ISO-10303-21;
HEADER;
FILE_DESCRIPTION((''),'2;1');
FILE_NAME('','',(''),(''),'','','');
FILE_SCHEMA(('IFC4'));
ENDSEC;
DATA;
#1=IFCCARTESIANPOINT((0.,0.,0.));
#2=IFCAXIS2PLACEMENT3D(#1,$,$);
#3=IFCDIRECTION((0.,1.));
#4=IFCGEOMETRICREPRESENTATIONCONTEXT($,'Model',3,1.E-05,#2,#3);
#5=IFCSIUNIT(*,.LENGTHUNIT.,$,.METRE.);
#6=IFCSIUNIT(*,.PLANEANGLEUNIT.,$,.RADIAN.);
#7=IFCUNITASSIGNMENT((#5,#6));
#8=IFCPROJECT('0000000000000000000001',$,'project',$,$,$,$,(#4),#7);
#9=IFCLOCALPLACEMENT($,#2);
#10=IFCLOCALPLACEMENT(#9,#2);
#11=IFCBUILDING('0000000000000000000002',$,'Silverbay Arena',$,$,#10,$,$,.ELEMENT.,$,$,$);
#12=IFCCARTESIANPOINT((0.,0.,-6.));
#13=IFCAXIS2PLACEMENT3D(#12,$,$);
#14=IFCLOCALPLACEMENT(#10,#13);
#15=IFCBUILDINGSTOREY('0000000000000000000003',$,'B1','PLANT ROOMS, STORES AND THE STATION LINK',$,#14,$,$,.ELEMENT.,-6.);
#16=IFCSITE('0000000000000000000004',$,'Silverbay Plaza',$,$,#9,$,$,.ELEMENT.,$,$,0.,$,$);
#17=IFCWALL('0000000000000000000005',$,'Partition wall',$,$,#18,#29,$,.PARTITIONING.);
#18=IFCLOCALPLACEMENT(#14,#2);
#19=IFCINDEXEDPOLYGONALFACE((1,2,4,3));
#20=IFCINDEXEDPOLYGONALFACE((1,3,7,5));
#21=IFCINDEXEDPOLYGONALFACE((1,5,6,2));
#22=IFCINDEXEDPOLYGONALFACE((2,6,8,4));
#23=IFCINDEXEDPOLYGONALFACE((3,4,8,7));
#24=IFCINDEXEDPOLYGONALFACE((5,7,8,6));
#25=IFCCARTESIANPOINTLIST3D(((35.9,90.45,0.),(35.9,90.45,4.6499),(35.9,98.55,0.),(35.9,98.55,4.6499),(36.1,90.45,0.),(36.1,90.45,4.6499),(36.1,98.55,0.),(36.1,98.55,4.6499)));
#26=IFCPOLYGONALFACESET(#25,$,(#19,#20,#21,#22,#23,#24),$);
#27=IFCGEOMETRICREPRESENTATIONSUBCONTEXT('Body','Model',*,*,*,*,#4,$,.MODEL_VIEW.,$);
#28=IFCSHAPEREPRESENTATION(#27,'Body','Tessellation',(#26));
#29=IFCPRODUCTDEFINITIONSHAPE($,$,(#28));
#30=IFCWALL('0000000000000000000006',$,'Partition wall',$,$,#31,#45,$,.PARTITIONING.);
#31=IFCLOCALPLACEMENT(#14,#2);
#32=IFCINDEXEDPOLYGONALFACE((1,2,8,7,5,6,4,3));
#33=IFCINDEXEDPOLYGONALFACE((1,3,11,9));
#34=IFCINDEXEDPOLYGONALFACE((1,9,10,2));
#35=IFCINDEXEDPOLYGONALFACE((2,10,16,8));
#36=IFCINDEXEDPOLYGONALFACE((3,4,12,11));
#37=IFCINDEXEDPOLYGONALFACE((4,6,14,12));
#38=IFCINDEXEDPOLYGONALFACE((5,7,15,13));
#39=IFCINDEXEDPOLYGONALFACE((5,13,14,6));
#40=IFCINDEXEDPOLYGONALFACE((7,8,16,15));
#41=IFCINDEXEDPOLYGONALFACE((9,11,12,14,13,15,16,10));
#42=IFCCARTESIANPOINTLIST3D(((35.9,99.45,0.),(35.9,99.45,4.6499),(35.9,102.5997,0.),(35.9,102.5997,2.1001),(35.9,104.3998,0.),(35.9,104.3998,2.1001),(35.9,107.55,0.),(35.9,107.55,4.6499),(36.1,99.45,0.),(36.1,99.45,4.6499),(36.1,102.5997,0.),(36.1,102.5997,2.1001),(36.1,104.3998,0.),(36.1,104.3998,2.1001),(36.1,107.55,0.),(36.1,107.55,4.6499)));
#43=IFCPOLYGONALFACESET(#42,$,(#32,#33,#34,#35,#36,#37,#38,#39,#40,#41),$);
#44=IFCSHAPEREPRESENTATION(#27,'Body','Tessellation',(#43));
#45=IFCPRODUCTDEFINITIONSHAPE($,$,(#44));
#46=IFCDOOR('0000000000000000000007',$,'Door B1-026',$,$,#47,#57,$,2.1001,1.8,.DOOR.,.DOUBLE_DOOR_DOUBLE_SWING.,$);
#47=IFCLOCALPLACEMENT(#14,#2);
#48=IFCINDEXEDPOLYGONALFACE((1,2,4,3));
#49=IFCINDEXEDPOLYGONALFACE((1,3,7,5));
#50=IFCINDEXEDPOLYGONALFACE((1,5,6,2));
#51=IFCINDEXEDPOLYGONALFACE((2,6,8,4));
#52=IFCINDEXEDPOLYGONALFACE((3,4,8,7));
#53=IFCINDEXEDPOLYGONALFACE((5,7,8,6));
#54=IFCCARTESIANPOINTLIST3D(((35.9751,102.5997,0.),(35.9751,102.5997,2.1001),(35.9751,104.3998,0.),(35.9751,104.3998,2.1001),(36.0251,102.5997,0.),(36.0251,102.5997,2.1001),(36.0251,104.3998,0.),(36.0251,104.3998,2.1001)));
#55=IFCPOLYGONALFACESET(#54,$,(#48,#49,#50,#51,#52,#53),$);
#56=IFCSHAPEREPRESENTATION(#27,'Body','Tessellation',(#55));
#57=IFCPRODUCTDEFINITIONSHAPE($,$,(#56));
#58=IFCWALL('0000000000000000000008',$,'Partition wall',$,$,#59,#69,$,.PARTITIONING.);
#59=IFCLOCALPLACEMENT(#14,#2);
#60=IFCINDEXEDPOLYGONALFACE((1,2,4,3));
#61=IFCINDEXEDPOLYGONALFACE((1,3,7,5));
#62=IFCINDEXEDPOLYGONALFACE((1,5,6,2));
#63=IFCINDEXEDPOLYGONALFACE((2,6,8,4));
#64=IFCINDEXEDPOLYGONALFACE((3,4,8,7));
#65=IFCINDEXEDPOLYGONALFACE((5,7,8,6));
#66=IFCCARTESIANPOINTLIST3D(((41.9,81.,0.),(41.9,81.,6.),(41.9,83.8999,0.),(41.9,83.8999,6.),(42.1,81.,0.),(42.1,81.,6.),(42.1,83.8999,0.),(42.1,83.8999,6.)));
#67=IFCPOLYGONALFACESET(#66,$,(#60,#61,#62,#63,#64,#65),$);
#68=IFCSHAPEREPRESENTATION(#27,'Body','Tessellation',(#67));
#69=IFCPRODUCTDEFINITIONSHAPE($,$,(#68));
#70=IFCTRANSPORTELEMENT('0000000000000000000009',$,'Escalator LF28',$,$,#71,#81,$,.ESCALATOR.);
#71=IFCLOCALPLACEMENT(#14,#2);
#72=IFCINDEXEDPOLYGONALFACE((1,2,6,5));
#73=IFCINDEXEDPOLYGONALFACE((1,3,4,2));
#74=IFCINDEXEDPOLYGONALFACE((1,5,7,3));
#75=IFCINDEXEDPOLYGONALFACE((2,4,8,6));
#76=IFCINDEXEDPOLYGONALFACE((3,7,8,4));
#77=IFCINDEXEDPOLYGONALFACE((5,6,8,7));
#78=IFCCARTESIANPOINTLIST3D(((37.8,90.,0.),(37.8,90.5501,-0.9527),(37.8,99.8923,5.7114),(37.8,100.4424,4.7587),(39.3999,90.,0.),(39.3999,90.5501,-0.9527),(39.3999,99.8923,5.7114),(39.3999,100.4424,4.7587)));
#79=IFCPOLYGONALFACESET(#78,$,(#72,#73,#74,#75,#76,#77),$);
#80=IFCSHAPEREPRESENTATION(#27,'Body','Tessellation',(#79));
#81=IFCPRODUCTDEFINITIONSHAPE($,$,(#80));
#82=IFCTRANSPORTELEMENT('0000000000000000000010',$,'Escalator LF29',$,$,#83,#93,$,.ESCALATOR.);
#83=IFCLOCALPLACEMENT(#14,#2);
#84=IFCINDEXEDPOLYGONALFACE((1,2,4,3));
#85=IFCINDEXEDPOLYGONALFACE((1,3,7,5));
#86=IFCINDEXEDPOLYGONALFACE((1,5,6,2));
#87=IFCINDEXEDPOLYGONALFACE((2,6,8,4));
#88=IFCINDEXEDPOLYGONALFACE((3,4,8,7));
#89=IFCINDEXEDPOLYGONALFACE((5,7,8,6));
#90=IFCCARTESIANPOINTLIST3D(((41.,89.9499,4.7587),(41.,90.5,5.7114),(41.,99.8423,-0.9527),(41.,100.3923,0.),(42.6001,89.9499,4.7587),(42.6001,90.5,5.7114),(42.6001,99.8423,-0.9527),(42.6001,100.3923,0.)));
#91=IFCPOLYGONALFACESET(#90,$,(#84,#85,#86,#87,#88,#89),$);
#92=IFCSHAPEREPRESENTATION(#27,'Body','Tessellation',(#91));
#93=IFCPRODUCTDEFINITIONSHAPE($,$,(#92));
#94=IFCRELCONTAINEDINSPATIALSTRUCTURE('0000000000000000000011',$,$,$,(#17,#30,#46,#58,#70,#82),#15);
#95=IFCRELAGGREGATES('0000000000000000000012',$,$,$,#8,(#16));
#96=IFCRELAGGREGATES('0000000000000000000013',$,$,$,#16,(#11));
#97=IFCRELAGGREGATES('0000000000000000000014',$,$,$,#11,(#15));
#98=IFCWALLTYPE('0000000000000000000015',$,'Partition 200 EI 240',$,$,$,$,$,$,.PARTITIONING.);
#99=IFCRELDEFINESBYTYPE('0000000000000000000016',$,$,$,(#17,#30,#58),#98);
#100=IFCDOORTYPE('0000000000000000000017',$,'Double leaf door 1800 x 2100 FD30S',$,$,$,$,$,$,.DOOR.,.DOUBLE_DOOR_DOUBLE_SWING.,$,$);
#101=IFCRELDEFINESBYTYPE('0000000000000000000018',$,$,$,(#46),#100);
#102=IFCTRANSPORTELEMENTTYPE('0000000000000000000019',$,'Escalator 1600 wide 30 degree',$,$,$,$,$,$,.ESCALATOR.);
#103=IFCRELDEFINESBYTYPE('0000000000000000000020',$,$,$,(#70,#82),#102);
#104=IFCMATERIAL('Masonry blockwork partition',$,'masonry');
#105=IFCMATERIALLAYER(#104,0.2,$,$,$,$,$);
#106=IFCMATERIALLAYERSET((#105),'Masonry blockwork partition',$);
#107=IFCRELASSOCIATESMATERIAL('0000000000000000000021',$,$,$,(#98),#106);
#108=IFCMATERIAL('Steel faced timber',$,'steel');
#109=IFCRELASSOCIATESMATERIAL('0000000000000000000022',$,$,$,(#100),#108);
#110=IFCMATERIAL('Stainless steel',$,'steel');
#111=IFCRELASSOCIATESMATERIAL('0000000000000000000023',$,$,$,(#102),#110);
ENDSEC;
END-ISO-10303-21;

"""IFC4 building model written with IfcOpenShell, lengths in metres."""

from ifc_helpers import new_model, si_unit, direction, frame, frame_2d, origin, place, context, subcontext, project, spatial, polyline, rectangle, outline, extrude, material, layer, layer_set, type_object, element, fill, save


model = new_model("IFC4")

# Units and contexts
model_context = context("Model", 3, precision=1e-05, world=origin(), true_north=direction((0.0, 1.0)))
body_context = subcontext(model_context, "Body", "Model", "MODEL_VIEW")
ifc_project = project(units=[si_unit("LENGTHUNIT", "METRE"), si_unit("PLANEANGLEUNIT", "RADIAN")], contexts=[model_context])

# Site, building, storey
site_placement = place(None, origin())
site = spatial("IfcSite", under=ifc_project, at=site_placement, Name="Silverbay Plaza", CompositionType="ELEMENT", RefElevation=0.0)
building_placement = place(site_placement, origin())
building = spatial("IfcBuilding", under=site, at=building_placement, Name="Silverbay Arena", CompositionType="ELEMENT")
storey_placement = place(building_placement, frame((0.0, 0.0, -6.0)))
storey = spatial("IfcBuildingStorey", under=building, at=storey_placement, Name="B1", Description="PLANT ROOMS, STORES AND THE STATION LINK", CompositionType="ELEMENT", Elevation=-6.0)

# Shared definitions
ifc_material_1 = material(Name="Masonry blockwork partition", Category="masonry")
ifc_layer_1 = layer(ifc_material_1, 0.2)
ifc_layer_set_1 = layer_set([ifc_layer_1], Name="Masonry blockwork partition")
wall_type_1 = type_object("IfcWallType", Name="Partition 200 EI 240", PredefinedType="PARTITIONING", material=ifc_layer_set_1)

# Wall
wall_1_placement = place(storey_placement, frame((36.0, 90.45, 0.0), z_axis=(0.0, 0.0, 1.0), x_axis=(0.0, 1.0, 0.0)))
element("IfcWall", 1, at=wall_1_placement, inside=storey, type_object=wall_type_1, Name="Partition wall", PredefinedType="PARTITIONING", context=body_context, shape_type="SweptSolid", body=[
    extrude(rectangle(XDim=8.1001, YDim=0.2, at=frame_2d((4.05, 0.0))), origin(), (0.0, 0.0, 1.0), 4.6499),
])

# Wall, opening, door
wall_2_placement = place(storey_placement, frame((36.0, 99.45, 0.0), z_axis=(0.0, 0.0, 1.0), x_axis=(0.0, 1.0, 0.0)))
wall_2 = element("IfcWall", 2, at=wall_2_placement, inside=storey, type_object=wall_type_1, Name="Partition wall", PredefinedType="PARTITIONING", context=body_context, shape_type="SweptSolid", body=[
    extrude(rectangle(XDim=8.1001, YDim=0.2, at=frame_2d((4.05, 0.0))), origin(), (0.0, 0.0, 1.0), 4.6499),
])
opening_1_placement = place(wall_2_placement, frame((3.1499, 0.0, 0.0)))
opening_1 = element("IfcOpeningElement", 3, at=opening_1_placement, cuts=wall_2, PredefinedType="OPENING", context=body_context, shape_type="SweptSolid", body=[
    extrude(rectangle(XDim=1.8, YDim=2.1001, at=frame_2d((0.8999, 1.05))), frame((0.0, 0.1099, 0.0), z_axis=(0.0, -1.0, 0.0), x_axis=(1.0, 0.0, 0.0)), (0.0, 0.0, 1.0), 0.22),
])
ifc_material_2 = material(Name="Steel faced timber", Category="steel")
door_type_1 = type_object("IfcDoorType", Name="Double leaf door 1800 x 2100 FD30S", OperationType="DOUBLE_DOOR_DOUBLE_SWING", PredefinedType="DOOR", material=ifc_material_2)
door_1_placement = place(opening_1_placement, origin())
door_1 = element("IfcDoor", 4, at=door_1_placement, inside=storey, type_object=door_type_1, Name="Door B1-026", OperationType="DOUBLE_DOOR_DOUBLE_SWING", OverallHeight=2.1001, OverallWidth=1.8, PredefinedType="DOOR", context=body_context, shape_type="SweptSolid", body=[
    extrude(rectangle(XDim=1.8, YDim=2.1001, at=frame_2d((0.8999, 1.05))), frame((0.0, 0.0249, 0.0), z_axis=(0.0, -1.0, 0.0), x_axis=(1.0, 0.0, 0.0)), (0.0, 0.0, 1.0), 0.05),
])
fill(opening_1, door_1)

# Wall
wall_3_placement = place(storey_placement, frame((42.0, 81.0, 0.0), z_axis=(0.0, 0.0, 1.0), x_axis=(0.0, 1.0, 0.0)))
element("IfcWall", 5, at=wall_3_placement, inside=storey, type_object=wall_type_1, Name="Partition wall", PredefinedType="PARTITIONING", context=body_context, shape_type="SweptSolid", body=[
    extrude(rectangle(XDim=2.8999, YDim=0.2, at=frame_2d((1.45, 0.0))), origin(), (0.0, 0.0, 1.0), 6.0),
])

# Transport elements
ifc_material_3 = material(Name="Stainless steel", Category="steel")
transport_element_type = type_object("IfcTransportElementType", Name="Escalator 1600 wide 30 degree", PredefinedType="ESCALATOR", material=ifc_material_3)
transport_element_1_placement = place(storey_placement, frame((37.8, 90.0, 0.0), z_axis=(0.0, -0.500006, 0.866022), x_axis=(1.0, 0.0, 0.0)))
element("IfcTransportElement", 6, at=transport_element_1_placement, inside=storey, type_object=transport_element_type, Name="Escalator LF28", PredefinedType="ESCALATOR", context=body_context, shape_type="SweptSolid", body=[
    extrude(outline(polyline([(0.0, 0.0), (1.5999, 0.0), (1.5999, 11.4227), (0.0, 11.4227), (0.0, 0.0)])), origin(), (0.0, 0.0, -1.0), 1.1001),
])
transport_element_2_placement = place(storey_placement, frame((41.0, 100.3923, 0.0), z_axis=(0.0, 0.500006, 0.866022), x_axis=(1.0, 0.0, 0.0)))
element("IfcTransportElement", 7, at=transport_element_2_placement, inside=storey, type_object=transport_element_type, Name="Escalator LF29", PredefinedType="ESCALATOR", context=body_context, shape_type="SweptSolid", body=[
    extrude(outline(polyline([(0.0, 0.0), (1.6001, 0.0), (1.6001, -11.4227), (0.0, -11.4227), (0.0, 0.0)])), origin(), (0.0, 0.0, -1.0), 1.1001),
])

save(model, "model.ifc")
